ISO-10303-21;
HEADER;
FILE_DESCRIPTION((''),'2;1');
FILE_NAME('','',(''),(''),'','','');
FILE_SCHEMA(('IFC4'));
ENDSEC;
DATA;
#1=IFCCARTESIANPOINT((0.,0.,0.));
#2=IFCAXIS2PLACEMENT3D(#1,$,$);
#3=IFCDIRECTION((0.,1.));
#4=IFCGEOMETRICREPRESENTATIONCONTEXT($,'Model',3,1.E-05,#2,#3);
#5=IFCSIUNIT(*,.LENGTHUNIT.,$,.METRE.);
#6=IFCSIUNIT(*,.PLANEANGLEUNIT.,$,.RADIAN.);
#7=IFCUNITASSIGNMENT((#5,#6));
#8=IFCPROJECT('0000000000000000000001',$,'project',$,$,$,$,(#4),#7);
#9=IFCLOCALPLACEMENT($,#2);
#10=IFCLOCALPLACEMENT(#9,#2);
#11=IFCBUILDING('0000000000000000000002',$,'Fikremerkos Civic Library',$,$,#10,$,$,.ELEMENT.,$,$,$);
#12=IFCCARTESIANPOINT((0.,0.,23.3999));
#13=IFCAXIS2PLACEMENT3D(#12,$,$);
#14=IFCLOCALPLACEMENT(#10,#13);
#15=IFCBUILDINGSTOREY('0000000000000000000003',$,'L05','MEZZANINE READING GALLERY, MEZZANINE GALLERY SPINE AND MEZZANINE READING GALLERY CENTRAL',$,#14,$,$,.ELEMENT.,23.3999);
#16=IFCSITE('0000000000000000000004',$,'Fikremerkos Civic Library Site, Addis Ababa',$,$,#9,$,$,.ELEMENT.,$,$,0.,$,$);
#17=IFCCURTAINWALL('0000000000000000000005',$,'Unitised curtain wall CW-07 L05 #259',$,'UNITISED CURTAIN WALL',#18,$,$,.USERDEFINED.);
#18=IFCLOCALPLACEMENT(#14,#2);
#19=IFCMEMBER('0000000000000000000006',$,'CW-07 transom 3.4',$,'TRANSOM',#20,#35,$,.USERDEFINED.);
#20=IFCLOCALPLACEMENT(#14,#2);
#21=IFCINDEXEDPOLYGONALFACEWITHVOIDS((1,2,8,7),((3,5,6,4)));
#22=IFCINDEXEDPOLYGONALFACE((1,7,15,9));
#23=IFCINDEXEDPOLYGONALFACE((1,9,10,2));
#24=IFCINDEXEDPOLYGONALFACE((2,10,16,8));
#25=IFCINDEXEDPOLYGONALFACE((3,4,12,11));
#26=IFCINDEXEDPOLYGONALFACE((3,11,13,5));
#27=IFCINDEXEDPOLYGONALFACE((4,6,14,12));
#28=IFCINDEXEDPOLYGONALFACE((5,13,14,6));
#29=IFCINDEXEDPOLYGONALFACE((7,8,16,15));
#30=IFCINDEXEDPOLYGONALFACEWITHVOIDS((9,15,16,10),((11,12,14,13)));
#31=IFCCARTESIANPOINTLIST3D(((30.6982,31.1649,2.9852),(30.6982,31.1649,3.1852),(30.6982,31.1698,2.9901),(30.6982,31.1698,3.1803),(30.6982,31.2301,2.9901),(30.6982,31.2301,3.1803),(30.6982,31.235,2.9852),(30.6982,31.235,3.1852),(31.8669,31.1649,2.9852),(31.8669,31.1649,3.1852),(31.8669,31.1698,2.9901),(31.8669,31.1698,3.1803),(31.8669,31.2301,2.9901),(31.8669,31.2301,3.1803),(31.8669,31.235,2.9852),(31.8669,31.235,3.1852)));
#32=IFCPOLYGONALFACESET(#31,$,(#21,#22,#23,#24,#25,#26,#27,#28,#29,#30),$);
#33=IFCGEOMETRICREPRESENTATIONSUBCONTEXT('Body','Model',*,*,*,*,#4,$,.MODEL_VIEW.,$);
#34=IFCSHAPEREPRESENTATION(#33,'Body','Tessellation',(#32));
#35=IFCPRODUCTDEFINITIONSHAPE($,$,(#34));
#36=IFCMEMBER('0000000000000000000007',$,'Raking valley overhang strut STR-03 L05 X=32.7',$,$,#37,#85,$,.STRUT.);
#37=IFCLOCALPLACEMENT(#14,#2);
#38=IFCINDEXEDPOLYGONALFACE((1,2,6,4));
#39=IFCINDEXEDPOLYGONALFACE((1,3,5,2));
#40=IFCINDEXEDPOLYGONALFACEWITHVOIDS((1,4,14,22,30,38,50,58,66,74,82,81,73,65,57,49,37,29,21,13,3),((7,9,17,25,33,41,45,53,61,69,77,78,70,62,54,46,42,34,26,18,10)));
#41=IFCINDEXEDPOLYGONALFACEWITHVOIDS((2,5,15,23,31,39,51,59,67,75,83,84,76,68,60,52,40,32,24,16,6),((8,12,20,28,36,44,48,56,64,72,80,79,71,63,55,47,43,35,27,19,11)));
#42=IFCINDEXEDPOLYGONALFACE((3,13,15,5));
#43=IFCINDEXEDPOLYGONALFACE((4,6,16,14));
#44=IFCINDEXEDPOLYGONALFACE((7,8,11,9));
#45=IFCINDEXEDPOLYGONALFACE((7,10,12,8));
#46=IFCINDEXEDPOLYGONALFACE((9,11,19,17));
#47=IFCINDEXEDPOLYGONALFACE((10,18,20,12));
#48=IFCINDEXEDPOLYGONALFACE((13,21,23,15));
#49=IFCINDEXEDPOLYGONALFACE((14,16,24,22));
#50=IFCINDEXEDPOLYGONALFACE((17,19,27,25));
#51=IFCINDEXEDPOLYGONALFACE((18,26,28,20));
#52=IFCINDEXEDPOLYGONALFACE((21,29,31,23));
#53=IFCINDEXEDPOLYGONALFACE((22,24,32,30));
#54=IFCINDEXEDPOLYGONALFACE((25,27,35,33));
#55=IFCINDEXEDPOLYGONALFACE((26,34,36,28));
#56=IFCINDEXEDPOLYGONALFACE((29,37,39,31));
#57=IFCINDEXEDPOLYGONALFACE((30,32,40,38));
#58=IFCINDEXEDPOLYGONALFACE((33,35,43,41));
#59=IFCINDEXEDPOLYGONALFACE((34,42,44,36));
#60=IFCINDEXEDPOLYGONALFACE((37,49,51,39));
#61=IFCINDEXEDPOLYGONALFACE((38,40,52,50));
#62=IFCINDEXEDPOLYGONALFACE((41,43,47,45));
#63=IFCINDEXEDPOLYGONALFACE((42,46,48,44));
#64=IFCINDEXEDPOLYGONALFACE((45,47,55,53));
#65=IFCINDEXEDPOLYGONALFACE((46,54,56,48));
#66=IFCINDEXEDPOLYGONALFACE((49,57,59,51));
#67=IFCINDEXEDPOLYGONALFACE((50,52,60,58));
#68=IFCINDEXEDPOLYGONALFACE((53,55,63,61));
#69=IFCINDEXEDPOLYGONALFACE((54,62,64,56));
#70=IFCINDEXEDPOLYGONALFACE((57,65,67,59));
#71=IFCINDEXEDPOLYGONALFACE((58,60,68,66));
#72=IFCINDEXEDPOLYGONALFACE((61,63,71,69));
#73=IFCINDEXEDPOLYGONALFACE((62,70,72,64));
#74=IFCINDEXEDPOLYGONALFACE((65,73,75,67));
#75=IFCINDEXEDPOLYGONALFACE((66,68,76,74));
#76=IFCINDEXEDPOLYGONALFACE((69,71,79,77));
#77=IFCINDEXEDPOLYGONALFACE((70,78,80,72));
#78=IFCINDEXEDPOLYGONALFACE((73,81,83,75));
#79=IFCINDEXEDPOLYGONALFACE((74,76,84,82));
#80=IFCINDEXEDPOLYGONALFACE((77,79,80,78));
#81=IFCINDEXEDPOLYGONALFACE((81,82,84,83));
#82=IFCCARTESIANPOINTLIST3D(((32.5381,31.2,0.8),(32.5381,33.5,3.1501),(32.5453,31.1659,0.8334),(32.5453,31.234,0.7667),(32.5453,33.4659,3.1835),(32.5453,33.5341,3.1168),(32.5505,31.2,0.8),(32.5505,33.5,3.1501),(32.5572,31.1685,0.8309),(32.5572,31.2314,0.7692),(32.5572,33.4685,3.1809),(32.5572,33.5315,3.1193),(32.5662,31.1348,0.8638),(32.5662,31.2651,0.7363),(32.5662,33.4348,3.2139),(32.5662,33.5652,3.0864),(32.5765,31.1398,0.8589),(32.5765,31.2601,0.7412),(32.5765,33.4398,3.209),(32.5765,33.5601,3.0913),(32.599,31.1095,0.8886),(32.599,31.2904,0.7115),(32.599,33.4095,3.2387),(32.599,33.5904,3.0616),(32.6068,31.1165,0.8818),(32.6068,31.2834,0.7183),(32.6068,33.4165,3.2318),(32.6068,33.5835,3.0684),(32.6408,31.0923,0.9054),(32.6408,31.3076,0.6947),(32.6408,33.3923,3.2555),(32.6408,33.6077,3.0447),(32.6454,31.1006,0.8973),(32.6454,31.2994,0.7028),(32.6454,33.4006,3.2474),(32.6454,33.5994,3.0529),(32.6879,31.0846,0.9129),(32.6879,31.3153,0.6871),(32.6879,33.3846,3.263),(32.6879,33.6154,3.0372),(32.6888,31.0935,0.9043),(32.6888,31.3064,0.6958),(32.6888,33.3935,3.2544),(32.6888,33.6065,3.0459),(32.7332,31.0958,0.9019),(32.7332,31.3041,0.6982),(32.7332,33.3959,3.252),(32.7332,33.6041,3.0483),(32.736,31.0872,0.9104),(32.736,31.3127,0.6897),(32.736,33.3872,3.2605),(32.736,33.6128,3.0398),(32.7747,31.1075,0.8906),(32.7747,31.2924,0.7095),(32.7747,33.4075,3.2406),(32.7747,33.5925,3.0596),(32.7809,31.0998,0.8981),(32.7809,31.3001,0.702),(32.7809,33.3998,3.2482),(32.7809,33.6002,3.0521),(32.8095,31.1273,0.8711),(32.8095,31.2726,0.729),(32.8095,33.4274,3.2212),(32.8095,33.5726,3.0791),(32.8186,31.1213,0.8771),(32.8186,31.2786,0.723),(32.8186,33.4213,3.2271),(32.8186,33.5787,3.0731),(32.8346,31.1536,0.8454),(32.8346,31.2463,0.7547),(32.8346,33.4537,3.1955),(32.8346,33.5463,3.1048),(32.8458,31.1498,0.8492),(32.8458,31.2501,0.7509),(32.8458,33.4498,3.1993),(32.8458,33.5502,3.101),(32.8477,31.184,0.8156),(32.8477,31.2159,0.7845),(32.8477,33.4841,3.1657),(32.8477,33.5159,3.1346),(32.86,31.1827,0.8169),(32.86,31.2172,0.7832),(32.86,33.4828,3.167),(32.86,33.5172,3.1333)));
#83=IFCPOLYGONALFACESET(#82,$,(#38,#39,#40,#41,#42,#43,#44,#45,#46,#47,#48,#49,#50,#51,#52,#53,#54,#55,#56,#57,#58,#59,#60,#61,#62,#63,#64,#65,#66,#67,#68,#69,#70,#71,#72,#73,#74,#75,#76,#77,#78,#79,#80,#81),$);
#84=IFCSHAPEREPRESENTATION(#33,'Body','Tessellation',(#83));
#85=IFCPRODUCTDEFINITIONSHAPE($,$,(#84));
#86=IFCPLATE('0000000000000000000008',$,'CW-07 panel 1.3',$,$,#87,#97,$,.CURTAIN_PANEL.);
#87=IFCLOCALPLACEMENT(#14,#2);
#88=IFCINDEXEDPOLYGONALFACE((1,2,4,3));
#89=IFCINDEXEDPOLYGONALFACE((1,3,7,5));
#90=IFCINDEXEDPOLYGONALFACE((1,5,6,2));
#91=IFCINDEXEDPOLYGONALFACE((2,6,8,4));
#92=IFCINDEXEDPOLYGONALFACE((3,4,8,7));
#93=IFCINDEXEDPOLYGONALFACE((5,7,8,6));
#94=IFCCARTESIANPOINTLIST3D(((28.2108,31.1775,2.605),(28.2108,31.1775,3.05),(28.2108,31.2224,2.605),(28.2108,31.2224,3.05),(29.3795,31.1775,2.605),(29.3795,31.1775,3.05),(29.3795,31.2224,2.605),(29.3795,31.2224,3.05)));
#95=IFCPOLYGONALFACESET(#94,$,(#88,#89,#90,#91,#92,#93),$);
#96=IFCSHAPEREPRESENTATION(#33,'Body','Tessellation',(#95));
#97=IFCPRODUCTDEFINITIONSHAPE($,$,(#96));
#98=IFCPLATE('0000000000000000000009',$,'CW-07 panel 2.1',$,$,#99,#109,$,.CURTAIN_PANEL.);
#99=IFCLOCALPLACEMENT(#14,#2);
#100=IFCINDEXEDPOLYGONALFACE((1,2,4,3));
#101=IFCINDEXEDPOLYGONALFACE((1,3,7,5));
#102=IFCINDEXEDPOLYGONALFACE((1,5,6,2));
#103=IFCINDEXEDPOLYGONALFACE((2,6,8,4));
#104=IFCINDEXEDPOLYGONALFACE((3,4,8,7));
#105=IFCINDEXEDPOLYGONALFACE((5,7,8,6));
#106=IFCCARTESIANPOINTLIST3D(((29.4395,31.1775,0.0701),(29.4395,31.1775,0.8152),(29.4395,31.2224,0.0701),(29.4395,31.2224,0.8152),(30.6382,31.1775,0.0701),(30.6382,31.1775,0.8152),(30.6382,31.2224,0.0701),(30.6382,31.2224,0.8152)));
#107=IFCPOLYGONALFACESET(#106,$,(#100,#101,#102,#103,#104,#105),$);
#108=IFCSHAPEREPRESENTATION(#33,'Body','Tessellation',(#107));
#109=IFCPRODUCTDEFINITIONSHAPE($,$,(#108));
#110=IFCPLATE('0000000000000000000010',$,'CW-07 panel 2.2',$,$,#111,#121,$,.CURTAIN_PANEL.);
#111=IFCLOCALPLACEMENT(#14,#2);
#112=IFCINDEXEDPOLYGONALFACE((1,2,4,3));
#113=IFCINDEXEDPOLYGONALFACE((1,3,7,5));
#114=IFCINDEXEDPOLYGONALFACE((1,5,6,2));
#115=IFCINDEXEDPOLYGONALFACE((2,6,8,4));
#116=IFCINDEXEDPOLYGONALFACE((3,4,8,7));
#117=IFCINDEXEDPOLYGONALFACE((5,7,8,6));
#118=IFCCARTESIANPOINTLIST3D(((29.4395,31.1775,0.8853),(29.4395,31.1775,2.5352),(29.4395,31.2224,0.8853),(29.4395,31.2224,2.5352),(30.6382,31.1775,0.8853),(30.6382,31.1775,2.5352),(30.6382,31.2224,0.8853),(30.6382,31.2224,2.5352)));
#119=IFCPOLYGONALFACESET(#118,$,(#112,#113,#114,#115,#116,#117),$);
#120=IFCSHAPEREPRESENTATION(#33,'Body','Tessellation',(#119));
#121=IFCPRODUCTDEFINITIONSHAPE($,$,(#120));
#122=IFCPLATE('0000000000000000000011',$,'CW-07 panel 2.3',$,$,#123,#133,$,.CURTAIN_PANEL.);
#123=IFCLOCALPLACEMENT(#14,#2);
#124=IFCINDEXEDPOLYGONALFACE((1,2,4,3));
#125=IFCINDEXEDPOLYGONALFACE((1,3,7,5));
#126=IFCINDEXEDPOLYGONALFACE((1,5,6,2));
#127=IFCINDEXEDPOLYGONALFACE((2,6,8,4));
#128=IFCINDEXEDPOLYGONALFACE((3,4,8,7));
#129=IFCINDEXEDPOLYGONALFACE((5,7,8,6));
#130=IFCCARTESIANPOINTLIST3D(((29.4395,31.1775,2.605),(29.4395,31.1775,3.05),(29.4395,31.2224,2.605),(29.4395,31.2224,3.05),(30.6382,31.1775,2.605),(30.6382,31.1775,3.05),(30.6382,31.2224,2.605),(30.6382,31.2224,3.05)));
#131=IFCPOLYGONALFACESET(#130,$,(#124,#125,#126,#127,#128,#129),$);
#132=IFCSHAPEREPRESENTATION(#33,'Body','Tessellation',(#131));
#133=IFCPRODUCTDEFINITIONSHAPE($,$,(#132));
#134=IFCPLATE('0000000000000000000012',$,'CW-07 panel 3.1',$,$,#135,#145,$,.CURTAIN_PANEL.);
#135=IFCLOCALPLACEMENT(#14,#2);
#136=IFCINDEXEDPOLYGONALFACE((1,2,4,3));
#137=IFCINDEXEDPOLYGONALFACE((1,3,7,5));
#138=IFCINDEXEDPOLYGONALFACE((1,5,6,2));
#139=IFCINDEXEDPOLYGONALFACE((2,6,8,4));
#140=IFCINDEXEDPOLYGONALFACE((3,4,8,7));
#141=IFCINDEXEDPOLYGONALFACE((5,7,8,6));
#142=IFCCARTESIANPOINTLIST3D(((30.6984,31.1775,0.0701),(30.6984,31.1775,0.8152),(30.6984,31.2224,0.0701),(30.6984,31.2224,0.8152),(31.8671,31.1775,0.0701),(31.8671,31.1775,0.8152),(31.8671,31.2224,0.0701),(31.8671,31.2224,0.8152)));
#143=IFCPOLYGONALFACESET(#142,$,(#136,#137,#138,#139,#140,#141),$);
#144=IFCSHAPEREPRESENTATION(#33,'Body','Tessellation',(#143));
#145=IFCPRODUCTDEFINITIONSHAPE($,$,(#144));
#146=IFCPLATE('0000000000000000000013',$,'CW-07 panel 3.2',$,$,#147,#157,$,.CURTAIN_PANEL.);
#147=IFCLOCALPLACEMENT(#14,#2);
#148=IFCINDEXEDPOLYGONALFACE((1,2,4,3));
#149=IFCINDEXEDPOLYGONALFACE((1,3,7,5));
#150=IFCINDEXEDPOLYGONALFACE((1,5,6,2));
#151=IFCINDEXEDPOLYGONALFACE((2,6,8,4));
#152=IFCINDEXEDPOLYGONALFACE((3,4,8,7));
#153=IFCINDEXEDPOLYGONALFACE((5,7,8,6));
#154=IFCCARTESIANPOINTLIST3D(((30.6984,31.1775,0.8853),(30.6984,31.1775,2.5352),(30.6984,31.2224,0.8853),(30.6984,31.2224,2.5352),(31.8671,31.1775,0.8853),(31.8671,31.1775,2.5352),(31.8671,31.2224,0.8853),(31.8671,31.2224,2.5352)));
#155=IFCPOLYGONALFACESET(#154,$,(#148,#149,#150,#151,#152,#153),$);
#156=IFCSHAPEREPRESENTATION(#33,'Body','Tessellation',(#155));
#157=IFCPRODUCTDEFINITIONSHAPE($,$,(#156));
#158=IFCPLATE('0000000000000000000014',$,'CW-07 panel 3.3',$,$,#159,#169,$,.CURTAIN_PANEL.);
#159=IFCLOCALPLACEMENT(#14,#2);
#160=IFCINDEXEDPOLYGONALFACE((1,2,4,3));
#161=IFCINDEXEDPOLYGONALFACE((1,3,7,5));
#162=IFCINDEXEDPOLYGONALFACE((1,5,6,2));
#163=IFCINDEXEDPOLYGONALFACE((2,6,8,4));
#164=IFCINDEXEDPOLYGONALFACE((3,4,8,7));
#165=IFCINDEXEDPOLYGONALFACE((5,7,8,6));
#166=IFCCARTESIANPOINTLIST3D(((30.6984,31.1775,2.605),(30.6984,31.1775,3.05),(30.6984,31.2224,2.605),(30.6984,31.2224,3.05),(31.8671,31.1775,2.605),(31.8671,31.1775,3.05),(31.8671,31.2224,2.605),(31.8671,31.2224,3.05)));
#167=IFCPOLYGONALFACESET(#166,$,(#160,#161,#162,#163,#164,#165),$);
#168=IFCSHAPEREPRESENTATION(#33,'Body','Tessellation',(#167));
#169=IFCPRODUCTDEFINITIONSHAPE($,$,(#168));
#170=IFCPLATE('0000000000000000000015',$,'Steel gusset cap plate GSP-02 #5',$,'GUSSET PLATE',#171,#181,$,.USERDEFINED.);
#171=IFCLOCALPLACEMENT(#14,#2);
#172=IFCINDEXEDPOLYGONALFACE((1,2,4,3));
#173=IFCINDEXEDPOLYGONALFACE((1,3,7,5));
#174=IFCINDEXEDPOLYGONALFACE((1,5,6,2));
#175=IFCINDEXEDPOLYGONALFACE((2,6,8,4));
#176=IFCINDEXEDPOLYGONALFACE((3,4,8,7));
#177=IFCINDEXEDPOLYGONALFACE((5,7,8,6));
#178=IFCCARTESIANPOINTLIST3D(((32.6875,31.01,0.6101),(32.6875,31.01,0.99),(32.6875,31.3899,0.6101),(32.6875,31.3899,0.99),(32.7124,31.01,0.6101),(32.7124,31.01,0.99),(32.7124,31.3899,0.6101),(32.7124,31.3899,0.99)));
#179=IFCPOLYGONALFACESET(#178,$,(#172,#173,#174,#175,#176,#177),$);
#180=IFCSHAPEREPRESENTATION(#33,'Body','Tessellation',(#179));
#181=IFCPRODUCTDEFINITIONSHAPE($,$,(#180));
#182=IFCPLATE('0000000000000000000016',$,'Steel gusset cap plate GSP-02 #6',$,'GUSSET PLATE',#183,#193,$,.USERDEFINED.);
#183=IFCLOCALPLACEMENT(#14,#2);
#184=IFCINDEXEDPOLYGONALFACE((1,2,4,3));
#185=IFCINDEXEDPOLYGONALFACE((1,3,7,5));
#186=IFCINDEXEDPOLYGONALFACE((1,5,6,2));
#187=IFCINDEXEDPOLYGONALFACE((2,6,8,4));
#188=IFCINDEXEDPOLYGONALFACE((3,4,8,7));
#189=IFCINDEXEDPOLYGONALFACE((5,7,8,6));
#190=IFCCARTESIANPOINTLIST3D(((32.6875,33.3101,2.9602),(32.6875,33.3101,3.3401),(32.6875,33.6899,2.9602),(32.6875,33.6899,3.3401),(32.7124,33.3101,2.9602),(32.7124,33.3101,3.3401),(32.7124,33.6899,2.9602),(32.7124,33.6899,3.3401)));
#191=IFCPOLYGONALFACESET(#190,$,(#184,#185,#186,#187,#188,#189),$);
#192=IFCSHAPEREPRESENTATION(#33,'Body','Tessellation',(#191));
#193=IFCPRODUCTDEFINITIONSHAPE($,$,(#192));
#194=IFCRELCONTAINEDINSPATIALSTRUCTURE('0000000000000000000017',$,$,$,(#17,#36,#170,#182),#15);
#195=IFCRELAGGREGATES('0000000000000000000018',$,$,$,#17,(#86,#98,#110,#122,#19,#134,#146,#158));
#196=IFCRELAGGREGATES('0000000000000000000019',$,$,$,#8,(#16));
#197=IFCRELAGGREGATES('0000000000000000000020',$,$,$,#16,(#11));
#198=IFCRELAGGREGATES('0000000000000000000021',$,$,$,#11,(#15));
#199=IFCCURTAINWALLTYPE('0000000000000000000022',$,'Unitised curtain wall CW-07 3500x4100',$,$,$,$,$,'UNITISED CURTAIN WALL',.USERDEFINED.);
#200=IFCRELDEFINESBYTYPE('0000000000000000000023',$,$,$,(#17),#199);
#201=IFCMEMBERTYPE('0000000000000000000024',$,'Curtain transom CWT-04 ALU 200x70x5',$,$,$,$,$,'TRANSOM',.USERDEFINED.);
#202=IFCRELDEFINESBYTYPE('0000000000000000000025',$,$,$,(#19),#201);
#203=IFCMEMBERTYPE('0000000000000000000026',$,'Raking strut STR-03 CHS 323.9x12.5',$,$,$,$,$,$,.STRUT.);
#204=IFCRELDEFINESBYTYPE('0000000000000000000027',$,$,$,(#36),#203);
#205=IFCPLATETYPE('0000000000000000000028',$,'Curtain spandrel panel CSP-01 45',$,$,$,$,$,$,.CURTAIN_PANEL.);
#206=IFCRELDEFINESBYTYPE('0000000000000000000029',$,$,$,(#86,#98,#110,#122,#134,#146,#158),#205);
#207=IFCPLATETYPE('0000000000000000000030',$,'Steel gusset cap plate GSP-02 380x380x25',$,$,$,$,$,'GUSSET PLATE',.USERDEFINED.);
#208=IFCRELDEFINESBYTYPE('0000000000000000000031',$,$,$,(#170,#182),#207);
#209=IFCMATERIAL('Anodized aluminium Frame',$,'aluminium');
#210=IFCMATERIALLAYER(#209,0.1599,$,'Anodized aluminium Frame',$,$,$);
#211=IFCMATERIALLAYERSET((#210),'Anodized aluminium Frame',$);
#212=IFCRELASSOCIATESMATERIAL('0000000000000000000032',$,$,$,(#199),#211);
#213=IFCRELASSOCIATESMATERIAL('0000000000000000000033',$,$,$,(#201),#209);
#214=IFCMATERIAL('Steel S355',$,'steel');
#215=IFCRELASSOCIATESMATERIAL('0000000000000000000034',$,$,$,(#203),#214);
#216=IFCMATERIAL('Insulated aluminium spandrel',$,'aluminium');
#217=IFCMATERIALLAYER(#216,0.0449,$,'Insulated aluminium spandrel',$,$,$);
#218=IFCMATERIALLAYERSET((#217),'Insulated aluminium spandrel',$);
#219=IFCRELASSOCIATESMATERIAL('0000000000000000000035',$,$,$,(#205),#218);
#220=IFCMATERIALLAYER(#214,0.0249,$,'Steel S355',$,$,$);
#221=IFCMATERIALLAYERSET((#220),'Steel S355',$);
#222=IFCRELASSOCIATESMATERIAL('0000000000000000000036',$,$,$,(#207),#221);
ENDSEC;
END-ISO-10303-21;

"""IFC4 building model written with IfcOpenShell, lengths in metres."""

from ifc_helpers import new_model, si_unit, direction, frame, origin, origin_2d, place, context, subcontext, project, spatial, rectangle, hollow_rectangle, hollow_circle, extrude, material, layer, layer_set, material_profile, profile_set, type_object, element, aggregate, save


model = new_model("IFC4")

# Units and contexts
model_context = context("Model", 3, precision=1e-05, world=origin(), true_north=direction((0.0, 1.0)))
body_context = subcontext(model_context, "Body", "Model", "MODEL_VIEW")
ifc_project = project(units=[si_unit("LENGTHUNIT", "METRE"), si_unit("PLANEANGLEUNIT", "RADIAN")], contexts=[model_context])

# Site, building, storey
site_placement = place(None, origin())
site = spatial("IfcSite", under=ifc_project, at=site_placement, Name="Fikremerkos Civic Library Site, Addis Ababa", CompositionType="ELEMENT", RefElevation=0.0)
building_placement = place(site_placement, origin())
building = spatial("IfcBuilding", under=site, at=building_placement, Name="Fikremerkos Civic Library", CompositionType="ELEMENT")
storey_placement = place(building_placement, frame((0.0, 0.0, 23.3999)))
storey = spatial("IfcBuildingStorey", under=building, at=storey_placement, Name="L05", Description="MEZZANINE READING GALLERY, MEZZANINE GALLERY SPINE AND MEZZANINE READING GALLERY CENTRAL", CompositionType="ELEMENT", Elevation=23.3999)

# Curtain wall, member
ifc_material_1 = material(Name="Anodized aluminium Frame", Category="aluminium")
ifc_layer_1 = layer(ifc_material_1, 0.1599, Name="Anodized aluminium Frame")
ifc_layer_set_1 = layer_set([ifc_layer_1], Name="Anodized aluminium Frame")
curtain_wall_type = type_object("IfcCurtainWallType", Name="Unitised curtain wall CW-07 3500x4100", ElementType="UNITISED CURTAIN WALL", PredefinedType="USERDEFINED", material=ifc_layer_set_1)
curtain_wall_placement = place(storey_placement, origin())
curtain_wall = element("IfcCurtainWall", 1, at=curtain_wall_placement, inside=storey, type_object=curtain_wall_type, Name="Unitised curtain wall CW-07 L05 #259", ObjectType="UNITISED CURTAIN WALL", PredefinedType="USERDEFINED")
ifc_material_profile_1 = material_profile(ifc_material_1, hollow_rectangle(XDim=0.0701, YDim=0.2, WallThickness=0.0049, at=origin_2d()), Name="ALU 200x70x5")
ifc_profile_set_1 = profile_set([ifc_material_profile_1], Name="Anodized aluminium Frame")
member_type_1 = type_object("IfcMemberType", Name="Curtain transom CWT-04 ALU 200x70x5", ElementType="TRANSOM", PredefinedType="USERDEFINED", material=ifc_profile_set_1)
member_1_placement = place(storey_placement, frame((30.6982, 31.2, 3.0852), z_axis=(1.0, 0.0, 0.0), x_axis=(0.0, 1.0, 0.0)))
member_1 = element("IfcMember", 2, at=member_1_placement, type_object=member_type_1, Name="CW-07 transom 3.4", ObjectType="TRANSOM", PredefinedType="USERDEFINED", context=body_context, shape_type="SweptSolid", body=[
    extrude(hollow_rectangle(XDim=0.0701, YDim=0.2, WallThickness=0.0049, at=origin_2d()), origin(), (0.0, 0.0, 1.0), 1.1687),
])

# Member
ifc_material_2 = material(Name="Steel S355", Category="steel")
ifc_material_profile_2 = material_profile(ifc_material_2, hollow_circle(Radius=0.1619, WallThickness=0.0125, at=origin_2d()), Name="CHS 323.9x12.5")
ifc_profile_set_2 = profile_set([ifc_material_profile_2], Name="Steel S355")
member_type_2 = type_object("IfcMemberType", Name="Raking strut STR-03 CHS 323.9x12.5", PredefinedType="STRUT", material=ifc_profile_set_2)
member_2_placement = place(storey_placement, frame((32.7, 31.2, 0.8), z_axis=(0.0, 0.699456, 0.714676), x_axis=(-1.0, 0.0, 0.0)))
element("IfcMember", 3, at=member_2_placement, inside=storey, type_object=member_type_2, Name="Raking valley overhang strut STR-03 L05 X=32.7", PredefinedType="STRUT", context=body_context, shape_type="SweptSolid", body=[
    extrude(hollow_circle(Radius=0.1619, WallThickness=0.0125, at=origin_2d()), origin(), (0.0, 0.0, 1.0), 3.2883),
])

# Plates
ifc_material_3 = material(Name="Insulated aluminium spandrel", Category="aluminium")
ifc_layer_2 = layer(ifc_material_3, 0.0449, Name="Insulated aluminium spandrel")
ifc_layer_set_2 = layer_set([ifc_layer_2], Name="Insulated aluminium spandrel")
plate_type_1 = type_object("IfcPlateType", Name="Curtain spandrel panel CSP-01 45", PredefinedType="CURTAIN_PANEL", material=ifc_layer_set_2)
plate_1_placement = place(storey_placement, frame((28.7952, 31.2, 2.605), z_axis=(0.0, 0.0, 1.0), x_axis=(1.0, 0.0, 0.0)))
plate_1 = element("IfcPlate", 4, at=plate_1_placement, type_object=plate_type_1, Name="CW-07 panel 1.3", PredefinedType="CURTAIN_PANEL", context=body_context, shape_type="SweptSolid", body=[
    extrude(rectangle(XDim=1.1687, YDim=0.0449, at=origin_2d()), origin(), (0.0, 0.0, 1.0), 0.4451),
])
plate_2_placement = place(storey_placement, frame((30.0388, 31.2, 0.0701), z_axis=(0.0, 0.0, 1.0), x_axis=(1.0, 0.0, 0.0)))
plate_2 = element("IfcPlate", 5, at=plate_2_placement, type_object=plate_type_1, Name="CW-07 panel 2.1", PredefinedType="CURTAIN_PANEL", context=body_context, shape_type="SweptSolid", body=[
    extrude(rectangle(XDim=1.1987, YDim=0.0449, at=origin_2d()), origin(), (0.0, 0.0, 1.0), 0.7451),
])
plate_3_placement = place(storey_placement, frame((30.0388, 31.2, 0.8853), z_axis=(0.0, 0.0, 1.0), x_axis=(1.0, 0.0, 0.0)))
plate_3 = element("IfcPlate", 6, at=plate_3_placement, type_object=plate_type_1, Name="CW-07 panel 2.2", PredefinedType="CURTAIN_PANEL", context=body_context, shape_type="SweptSolid", body=[
    extrude(rectangle(XDim=1.1987, YDim=0.0449, at=origin_2d()), origin(), (0.0, 0.0, 1.0), 1.6499),
])
plate_4_placement = place(storey_placement, frame((30.0388, 31.2, 2.605), z_axis=(0.0, 0.0, 1.0), x_axis=(1.0, 0.0, 0.0)))
plate_4 = element("IfcPlate", 7, at=plate_4_placement, type_object=plate_type_1, Name="CW-07 panel 2.3", PredefinedType="CURTAIN_PANEL", context=body_context, shape_type="SweptSolid", body=[
    extrude(rectangle(XDim=1.1987, YDim=0.0449, at=origin_2d()), origin(), (0.0, 0.0, 1.0), 0.4451),
])
plate_5_placement = place(storey_placement, frame((31.2827, 31.2, 0.0701), z_axis=(0.0, 0.0, 1.0), x_axis=(1.0, 0.0, 0.0)))
plate_5 = element("IfcPlate", 8, at=plate_5_placement, type_object=plate_type_1, Name="CW-07 panel 3.1", PredefinedType="CURTAIN_PANEL", context=body_context, shape_type="SweptSolid", body=[
    extrude(rectangle(XDim=1.1687, YDim=0.0449, at=origin_2d()), origin(), (0.0, 0.0, 1.0), 0.7451),
])
plate_6_placement = place(storey_placement, frame((31.2827, 31.2, 0.8853), z_axis=(0.0, 0.0, 1.0), x_axis=(1.0, 0.0, 0.0)))
plate_6 = element("IfcPlate", 9, at=plate_6_placement, type_object=plate_type_1, Name="CW-07 panel 3.2", PredefinedType="CURTAIN_PANEL", context=body_context, shape_type="SweptSolid", body=[
    extrude(rectangle(XDim=1.1687, YDim=0.0449, at=origin_2d()), origin(), (0.0, 0.0, 1.0), 1.6499),
])
plate_7_placement = place(storey_placement, frame((31.2827, 31.2, 2.605), z_axis=(0.0, 0.0, 1.0), x_axis=(1.0, 0.0, 0.0)))
plate_7 = element("IfcPlate", 10, at=plate_7_placement, type_object=plate_type_1, Name="CW-07 panel 3.3", PredefinedType="CURTAIN_PANEL", context=body_context, shape_type="SweptSolid", body=[
    extrude(rectangle(XDim=1.1687, YDim=0.0449, at=origin_2d()), origin(), (0.0, 0.0, 1.0), 0.4451),
])
aggregate(curtain_wall, [plate_1, plate_2, plate_3, plate_4, member_1, plate_5, plate_6, plate_7])

# Plates
ifc_layer_3 = layer(ifc_material_2, 0.0249, Name="Steel S355")
ifc_layer_set_3 = layer_set([ifc_layer_3], Name="Steel S355")
plate_type_2 = type_object("IfcPlateType", Name="Steel gusset cap plate GSP-02 380x380x25", ElementType="GUSSET PLATE", PredefinedType="USERDEFINED", material=ifc_layer_set_3)
for number, where, z_axis, x_axis, name in (
    (11, (32.7, 31.2, 0.6101), (0.0, 0.0, 1.0), (1.0, 0.0, 0.0), "Steel gusset cap plate GSP-02 #5"),
    (12, (32.7, 33.5, 2.9602), (0.0, 0.0, 1.0), (1.0, 0.0, 0.0), "Steel gusset cap plate GSP-02 #6"),
):
    element("IfcPlate", number, at=place(storey_placement, frame(where, z_axis=z_axis, x_axis=x_axis)), inside=storey, type_object=plate_type_2, Name=name, ObjectType="GUSSET PLATE", PredefinedType="USERDEFINED", context=body_context, shape_type="SweptSolid", body=[
        extrude(rectangle(XDim=0.0249, YDim=0.3799, at=origin_2d()), origin(), (0.0, 0.0, 1.0), 0.3799),
    ])

save(model, "model.ifc")
